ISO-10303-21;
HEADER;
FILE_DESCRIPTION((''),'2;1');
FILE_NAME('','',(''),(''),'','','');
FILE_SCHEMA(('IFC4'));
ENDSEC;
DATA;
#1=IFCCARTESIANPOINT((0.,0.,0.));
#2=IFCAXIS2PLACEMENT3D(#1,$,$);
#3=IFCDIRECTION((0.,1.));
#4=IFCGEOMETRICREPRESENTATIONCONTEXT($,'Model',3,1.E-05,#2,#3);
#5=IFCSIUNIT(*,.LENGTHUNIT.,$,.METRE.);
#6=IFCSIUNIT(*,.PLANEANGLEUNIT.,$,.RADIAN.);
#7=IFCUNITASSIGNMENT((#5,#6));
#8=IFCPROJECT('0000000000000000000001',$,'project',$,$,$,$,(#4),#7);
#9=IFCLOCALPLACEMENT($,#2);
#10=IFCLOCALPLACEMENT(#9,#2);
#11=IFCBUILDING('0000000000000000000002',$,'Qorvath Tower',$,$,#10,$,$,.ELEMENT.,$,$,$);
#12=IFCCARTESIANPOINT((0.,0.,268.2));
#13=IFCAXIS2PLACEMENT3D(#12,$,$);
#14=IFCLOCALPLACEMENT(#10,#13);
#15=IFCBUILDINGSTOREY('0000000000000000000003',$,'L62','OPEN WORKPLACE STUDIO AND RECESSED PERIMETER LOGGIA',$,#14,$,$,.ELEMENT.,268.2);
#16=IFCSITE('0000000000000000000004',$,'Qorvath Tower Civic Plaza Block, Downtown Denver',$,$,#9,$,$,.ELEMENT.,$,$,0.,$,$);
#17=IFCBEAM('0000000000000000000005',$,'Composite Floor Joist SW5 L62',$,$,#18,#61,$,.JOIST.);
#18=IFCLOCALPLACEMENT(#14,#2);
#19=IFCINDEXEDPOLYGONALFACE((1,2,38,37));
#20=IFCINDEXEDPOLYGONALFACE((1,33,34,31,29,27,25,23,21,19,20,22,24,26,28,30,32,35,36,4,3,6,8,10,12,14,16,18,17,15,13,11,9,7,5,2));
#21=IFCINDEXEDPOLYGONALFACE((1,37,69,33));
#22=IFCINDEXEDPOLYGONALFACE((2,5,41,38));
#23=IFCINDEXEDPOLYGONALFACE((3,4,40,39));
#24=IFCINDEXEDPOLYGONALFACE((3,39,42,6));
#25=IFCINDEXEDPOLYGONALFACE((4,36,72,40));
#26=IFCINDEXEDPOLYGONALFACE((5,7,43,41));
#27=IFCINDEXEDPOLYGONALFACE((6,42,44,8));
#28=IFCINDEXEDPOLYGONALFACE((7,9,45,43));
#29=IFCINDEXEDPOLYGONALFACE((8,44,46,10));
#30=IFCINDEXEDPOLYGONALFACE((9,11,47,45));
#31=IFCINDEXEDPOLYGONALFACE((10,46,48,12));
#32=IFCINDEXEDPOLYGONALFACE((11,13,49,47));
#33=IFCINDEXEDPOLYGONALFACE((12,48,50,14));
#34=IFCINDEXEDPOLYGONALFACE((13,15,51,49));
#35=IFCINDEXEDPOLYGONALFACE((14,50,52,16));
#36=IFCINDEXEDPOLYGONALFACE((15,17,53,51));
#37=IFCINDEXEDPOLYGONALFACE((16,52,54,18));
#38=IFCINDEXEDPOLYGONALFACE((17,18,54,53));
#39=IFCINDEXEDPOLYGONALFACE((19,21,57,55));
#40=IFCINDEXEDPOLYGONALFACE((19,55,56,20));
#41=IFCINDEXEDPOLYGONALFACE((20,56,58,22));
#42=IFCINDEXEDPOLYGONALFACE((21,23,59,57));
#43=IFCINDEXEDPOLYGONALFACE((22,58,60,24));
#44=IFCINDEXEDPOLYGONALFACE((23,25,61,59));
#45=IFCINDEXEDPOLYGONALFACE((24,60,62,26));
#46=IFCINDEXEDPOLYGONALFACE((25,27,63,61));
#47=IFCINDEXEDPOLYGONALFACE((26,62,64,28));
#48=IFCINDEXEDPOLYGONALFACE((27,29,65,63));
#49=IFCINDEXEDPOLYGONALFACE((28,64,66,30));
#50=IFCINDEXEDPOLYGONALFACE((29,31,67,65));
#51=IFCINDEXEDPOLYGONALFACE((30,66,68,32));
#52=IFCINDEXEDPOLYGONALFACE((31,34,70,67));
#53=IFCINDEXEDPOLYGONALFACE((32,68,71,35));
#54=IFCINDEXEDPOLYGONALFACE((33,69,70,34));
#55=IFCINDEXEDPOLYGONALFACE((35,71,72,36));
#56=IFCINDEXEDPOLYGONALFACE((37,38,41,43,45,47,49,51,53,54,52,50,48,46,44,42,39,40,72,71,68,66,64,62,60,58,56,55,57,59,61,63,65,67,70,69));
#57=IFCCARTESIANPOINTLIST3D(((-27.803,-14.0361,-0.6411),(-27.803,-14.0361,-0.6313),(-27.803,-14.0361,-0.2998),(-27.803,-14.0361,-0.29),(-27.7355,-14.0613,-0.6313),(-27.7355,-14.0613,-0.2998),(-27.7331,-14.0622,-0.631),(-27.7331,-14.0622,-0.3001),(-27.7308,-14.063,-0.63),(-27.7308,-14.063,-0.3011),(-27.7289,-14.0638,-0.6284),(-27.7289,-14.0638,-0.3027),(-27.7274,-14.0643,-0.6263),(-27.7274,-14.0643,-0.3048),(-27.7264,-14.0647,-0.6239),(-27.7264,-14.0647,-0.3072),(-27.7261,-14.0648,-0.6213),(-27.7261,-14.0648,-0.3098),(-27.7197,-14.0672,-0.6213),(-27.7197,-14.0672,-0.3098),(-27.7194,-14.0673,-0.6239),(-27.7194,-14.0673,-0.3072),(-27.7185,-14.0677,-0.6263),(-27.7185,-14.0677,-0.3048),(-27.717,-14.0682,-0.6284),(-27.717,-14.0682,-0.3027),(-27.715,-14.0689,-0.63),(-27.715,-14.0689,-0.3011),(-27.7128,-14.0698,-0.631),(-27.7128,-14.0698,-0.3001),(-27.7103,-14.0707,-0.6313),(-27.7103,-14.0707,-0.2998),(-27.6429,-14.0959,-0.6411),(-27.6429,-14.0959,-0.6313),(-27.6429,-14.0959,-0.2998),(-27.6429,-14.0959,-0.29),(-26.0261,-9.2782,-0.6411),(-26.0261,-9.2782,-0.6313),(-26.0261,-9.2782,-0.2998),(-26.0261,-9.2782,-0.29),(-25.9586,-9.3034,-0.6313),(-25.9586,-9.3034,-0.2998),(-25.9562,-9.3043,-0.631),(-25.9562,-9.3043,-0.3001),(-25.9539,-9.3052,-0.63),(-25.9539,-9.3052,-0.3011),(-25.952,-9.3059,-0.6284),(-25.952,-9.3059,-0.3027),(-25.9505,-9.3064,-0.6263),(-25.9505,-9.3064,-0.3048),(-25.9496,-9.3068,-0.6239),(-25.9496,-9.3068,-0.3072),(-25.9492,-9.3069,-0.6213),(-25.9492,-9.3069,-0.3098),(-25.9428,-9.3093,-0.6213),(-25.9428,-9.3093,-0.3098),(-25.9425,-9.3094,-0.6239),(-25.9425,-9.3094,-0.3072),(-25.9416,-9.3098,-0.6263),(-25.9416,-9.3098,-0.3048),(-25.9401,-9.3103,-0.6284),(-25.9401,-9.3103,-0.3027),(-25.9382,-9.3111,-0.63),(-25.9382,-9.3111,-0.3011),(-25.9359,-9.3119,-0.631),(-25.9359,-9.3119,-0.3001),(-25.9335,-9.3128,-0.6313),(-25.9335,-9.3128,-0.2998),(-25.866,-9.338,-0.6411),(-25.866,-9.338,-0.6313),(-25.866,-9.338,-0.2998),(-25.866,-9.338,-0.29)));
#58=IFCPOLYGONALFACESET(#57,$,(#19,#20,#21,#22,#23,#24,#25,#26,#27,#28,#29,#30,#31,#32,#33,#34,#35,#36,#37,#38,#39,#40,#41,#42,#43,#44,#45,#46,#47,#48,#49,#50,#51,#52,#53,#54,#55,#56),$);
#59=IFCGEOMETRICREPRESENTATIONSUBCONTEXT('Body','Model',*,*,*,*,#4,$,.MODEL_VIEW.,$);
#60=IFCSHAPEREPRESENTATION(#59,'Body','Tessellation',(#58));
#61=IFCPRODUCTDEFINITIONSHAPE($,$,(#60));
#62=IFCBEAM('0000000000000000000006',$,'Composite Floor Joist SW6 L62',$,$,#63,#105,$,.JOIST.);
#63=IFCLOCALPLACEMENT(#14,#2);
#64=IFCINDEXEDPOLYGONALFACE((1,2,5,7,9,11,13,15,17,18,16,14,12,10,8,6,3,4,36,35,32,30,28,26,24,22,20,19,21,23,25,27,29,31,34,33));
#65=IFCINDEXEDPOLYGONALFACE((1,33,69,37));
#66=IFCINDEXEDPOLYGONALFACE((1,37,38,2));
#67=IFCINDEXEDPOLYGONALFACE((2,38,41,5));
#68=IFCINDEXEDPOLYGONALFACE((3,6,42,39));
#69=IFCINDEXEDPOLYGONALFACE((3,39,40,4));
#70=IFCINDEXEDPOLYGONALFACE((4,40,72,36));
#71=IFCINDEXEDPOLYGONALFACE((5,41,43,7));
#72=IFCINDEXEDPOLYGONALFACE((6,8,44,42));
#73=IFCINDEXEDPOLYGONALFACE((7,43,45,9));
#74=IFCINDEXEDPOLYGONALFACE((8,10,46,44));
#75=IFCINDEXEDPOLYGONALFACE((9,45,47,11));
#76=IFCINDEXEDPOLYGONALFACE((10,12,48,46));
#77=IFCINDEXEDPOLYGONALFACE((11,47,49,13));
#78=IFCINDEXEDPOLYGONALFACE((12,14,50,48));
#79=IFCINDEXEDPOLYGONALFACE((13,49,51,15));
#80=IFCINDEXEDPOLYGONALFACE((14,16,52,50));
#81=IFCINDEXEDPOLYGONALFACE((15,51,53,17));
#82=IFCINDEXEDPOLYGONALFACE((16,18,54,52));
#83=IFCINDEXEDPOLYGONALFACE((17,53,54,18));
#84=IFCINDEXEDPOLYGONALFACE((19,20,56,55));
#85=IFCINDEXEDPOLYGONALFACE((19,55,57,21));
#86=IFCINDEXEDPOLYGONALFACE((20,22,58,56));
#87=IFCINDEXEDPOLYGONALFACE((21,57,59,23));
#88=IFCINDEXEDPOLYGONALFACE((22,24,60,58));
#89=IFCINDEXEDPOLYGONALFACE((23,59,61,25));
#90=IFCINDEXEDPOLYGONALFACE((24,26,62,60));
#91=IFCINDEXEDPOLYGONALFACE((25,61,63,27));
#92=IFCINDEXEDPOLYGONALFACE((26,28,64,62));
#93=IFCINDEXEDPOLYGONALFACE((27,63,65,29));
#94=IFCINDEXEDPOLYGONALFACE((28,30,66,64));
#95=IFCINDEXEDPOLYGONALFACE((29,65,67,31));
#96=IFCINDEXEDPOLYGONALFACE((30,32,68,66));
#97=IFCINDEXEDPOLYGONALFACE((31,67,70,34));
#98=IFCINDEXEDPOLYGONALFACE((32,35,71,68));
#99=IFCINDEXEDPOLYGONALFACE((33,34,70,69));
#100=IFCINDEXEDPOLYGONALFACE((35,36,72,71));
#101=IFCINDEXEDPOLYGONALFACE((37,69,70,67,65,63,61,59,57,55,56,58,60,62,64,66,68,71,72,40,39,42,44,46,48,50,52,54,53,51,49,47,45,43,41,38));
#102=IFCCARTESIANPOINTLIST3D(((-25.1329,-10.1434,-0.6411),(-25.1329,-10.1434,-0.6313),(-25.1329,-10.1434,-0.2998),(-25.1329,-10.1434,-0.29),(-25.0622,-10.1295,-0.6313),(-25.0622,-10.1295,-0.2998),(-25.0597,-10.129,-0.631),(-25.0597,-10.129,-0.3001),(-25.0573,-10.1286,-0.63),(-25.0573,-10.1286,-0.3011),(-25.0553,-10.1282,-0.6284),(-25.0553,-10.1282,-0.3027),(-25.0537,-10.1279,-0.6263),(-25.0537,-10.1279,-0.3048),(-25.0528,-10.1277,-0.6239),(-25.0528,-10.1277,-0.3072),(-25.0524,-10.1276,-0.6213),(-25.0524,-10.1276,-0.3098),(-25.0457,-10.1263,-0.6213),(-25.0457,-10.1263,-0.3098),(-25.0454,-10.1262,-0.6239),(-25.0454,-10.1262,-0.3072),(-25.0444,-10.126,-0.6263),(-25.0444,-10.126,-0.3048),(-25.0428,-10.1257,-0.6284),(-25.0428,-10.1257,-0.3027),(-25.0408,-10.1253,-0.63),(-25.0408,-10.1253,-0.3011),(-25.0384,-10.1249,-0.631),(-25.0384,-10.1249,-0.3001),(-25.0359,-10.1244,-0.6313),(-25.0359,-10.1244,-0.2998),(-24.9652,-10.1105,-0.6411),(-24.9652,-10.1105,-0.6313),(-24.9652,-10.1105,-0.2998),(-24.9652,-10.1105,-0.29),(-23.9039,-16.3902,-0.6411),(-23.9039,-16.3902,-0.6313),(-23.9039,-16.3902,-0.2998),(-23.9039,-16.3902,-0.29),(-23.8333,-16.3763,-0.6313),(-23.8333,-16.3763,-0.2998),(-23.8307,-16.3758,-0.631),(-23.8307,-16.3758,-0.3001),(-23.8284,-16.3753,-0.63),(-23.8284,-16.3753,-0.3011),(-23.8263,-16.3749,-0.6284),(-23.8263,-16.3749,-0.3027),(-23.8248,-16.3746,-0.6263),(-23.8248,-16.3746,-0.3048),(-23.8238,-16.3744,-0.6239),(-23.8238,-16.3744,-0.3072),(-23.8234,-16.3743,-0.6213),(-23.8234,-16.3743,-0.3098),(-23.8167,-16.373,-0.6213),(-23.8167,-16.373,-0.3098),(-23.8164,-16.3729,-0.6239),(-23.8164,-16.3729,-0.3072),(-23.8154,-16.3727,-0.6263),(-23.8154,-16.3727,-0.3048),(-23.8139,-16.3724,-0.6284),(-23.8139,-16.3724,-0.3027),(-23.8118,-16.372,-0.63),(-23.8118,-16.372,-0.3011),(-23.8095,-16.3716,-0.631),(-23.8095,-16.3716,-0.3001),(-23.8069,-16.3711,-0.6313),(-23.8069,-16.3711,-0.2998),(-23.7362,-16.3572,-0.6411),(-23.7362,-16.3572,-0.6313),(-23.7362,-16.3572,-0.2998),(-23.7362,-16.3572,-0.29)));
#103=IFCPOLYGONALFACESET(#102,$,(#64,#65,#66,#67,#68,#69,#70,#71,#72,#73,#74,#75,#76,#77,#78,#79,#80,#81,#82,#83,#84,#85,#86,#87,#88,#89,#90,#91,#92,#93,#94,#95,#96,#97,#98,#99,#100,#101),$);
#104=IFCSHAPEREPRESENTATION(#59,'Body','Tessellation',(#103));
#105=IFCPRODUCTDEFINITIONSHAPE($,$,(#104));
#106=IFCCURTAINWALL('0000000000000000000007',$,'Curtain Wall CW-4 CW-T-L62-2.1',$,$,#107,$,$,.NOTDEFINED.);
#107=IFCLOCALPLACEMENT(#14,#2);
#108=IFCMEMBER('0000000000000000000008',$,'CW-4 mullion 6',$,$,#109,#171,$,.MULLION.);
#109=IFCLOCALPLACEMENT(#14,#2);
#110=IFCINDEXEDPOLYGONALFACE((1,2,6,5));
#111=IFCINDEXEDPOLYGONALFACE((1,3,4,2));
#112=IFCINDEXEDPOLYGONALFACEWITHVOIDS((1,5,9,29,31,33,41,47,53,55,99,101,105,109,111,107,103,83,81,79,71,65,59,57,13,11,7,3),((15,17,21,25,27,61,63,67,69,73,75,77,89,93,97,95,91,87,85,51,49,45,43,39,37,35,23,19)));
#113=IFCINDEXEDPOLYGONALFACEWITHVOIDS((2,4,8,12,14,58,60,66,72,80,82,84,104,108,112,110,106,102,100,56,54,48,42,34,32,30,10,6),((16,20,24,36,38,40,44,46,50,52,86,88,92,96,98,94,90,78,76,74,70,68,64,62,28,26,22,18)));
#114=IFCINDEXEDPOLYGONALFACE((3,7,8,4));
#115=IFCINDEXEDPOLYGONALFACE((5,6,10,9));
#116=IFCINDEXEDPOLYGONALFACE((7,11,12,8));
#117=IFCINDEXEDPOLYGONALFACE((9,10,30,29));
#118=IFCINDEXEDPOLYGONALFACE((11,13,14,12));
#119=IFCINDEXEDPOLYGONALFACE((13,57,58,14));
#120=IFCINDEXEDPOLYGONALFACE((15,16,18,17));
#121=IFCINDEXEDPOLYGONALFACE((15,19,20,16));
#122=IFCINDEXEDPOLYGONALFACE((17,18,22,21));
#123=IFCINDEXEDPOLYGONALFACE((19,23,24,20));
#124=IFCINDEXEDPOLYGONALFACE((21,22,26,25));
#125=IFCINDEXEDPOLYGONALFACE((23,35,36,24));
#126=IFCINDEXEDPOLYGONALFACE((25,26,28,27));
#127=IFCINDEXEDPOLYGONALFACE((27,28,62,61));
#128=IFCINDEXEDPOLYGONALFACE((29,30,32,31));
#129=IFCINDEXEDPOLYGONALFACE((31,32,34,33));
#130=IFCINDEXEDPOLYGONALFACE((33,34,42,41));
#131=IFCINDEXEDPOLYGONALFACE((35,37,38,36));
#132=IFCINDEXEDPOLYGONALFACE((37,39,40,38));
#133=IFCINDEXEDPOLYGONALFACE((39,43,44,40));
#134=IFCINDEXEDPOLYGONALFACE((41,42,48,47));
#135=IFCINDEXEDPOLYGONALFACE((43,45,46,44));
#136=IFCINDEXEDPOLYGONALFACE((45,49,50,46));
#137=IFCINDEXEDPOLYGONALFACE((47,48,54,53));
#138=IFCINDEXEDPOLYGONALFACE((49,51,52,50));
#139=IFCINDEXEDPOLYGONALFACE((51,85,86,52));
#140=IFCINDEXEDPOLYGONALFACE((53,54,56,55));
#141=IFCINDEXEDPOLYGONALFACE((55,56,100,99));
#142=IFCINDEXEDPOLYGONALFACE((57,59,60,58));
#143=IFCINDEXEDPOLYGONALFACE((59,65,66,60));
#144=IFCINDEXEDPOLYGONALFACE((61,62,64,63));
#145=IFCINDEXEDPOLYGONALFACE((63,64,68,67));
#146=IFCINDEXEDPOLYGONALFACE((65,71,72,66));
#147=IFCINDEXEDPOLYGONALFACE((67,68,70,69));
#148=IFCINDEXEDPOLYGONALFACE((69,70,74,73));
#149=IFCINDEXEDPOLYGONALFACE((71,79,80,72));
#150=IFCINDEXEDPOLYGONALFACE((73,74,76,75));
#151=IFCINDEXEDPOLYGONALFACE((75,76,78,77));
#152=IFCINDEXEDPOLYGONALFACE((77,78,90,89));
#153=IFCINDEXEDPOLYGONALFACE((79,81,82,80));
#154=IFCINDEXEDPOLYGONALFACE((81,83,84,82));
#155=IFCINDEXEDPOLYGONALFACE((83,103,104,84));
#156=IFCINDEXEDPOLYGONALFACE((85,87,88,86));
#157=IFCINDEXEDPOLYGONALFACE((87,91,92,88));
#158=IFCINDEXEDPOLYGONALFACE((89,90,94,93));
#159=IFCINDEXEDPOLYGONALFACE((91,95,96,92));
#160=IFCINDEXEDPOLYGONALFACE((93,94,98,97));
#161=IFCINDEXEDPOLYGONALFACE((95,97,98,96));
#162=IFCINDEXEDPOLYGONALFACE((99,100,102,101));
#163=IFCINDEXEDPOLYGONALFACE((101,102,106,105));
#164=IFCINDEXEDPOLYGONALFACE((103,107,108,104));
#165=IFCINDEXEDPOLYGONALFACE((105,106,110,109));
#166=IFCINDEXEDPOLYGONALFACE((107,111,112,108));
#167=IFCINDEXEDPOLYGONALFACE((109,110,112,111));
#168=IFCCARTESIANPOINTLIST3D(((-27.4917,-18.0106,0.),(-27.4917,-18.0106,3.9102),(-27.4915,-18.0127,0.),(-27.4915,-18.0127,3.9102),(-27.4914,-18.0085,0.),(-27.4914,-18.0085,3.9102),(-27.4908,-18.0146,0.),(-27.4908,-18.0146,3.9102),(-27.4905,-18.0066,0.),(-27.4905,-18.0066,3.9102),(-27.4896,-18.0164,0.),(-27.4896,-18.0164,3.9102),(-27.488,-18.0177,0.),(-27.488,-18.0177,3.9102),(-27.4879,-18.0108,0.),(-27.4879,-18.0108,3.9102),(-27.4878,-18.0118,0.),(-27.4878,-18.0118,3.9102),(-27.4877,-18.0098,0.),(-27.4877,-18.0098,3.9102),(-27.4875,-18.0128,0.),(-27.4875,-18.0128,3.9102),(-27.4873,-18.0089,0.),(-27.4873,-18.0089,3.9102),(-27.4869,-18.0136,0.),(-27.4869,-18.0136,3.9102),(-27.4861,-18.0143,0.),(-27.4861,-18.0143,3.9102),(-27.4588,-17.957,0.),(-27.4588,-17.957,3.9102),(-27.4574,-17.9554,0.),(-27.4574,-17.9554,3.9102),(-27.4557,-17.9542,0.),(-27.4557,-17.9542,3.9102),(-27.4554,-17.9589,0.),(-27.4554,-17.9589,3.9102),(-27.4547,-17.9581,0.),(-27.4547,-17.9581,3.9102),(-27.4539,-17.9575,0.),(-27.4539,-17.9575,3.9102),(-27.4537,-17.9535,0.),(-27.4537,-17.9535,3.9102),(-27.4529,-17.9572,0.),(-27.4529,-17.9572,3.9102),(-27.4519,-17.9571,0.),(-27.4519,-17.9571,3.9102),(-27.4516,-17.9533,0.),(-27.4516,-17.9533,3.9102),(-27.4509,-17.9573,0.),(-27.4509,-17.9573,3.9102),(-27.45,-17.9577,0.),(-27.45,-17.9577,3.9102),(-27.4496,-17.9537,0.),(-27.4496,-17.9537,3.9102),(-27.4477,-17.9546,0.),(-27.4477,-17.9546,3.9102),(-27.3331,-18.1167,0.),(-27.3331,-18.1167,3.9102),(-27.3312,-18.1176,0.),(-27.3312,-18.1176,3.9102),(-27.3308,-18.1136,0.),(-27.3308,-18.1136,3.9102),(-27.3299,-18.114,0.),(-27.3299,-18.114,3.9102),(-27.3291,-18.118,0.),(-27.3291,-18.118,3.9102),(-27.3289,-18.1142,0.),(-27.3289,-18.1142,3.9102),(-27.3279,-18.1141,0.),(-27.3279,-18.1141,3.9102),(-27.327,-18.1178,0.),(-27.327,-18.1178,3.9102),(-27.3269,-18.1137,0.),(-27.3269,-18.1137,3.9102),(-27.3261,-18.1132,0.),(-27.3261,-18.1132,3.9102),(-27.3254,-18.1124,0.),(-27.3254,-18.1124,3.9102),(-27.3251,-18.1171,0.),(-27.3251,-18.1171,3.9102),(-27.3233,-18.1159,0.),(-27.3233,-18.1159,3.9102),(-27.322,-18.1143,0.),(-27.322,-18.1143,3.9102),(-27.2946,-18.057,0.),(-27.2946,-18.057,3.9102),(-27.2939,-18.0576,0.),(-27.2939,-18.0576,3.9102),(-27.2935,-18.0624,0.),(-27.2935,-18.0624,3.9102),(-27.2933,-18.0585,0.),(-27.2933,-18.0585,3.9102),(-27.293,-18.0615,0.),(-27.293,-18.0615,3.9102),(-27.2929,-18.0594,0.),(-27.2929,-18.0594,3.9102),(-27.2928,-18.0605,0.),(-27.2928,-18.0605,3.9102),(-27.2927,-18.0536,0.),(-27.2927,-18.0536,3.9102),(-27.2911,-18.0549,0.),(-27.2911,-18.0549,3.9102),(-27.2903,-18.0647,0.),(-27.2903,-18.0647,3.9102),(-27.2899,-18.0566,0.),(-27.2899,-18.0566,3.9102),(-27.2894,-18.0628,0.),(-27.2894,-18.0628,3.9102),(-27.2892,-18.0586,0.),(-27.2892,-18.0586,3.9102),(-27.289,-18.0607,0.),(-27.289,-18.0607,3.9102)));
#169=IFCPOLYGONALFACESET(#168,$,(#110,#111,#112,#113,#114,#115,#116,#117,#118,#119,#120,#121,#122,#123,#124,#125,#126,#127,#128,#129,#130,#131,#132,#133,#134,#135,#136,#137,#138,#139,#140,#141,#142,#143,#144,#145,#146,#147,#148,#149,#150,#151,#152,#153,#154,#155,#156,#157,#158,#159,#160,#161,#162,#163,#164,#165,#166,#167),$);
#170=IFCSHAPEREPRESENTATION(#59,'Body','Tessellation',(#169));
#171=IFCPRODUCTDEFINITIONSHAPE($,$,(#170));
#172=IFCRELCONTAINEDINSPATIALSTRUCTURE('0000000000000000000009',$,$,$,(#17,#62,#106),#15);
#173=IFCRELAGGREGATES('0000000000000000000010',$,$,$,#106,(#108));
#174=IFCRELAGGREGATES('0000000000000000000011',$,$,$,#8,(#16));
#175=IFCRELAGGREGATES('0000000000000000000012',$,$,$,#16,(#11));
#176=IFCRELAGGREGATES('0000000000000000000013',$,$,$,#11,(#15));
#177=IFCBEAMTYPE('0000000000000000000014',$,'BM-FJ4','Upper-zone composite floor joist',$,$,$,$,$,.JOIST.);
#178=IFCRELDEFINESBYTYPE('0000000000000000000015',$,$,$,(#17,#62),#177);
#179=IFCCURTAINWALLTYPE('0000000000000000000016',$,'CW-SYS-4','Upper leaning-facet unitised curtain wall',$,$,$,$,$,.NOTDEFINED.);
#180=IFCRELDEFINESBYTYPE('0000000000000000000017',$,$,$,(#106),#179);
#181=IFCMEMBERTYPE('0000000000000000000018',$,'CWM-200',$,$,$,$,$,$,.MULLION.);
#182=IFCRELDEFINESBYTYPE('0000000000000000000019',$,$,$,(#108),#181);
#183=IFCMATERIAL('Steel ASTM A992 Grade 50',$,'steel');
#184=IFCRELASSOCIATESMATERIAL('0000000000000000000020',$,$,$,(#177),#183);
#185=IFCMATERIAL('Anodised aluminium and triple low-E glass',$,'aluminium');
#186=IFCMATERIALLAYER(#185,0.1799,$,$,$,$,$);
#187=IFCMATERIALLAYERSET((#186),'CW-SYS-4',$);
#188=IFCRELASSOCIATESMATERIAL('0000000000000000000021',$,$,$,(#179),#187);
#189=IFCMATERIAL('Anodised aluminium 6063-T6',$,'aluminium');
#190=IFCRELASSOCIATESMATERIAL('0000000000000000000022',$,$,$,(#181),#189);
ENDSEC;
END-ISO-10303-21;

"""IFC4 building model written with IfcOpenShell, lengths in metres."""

from ifc_helpers import new_model, si_unit, direction, frame, origin, origin_2d, place, context, subcontext, project, spatial, hollow_rectangle, i_section, extrude, material, layer, layer_set, material_profile, profile_set, type_object, element, aggregate, save


model = new_model("IFC4")

# Units and contexts
model_context = context("Model", 3, precision=1e-05, world=origin(), true_north=direction((0.0, 1.0)))
body_context = subcontext(model_context, "Body", "Model", "MODEL_VIEW")
ifc_project = project(units=[si_unit("LENGTHUNIT", "METRE"), si_unit("PLANEANGLEUNIT", "RADIAN")], contexts=[model_context])

# Site, building, storey
site_placement = place(None, origin())
site = spatial("IfcSite", under=ifc_project, at=site_placement, Name="Qorvath Tower Civic Plaza Block, Downtown Denver", CompositionType="ELEMENT", RefElevation=0.0)
building_placement = place(site_placement, origin())
building = spatial("IfcBuilding", under=site, at=building_placement, Name="Qorvath Tower", CompositionType="ELEMENT")
storey_placement = place(building_placement, frame((0.0, 0.0, 268.2)))
storey = spatial("IfcBuildingStorey", under=building, at=storey_placement, Name="L62", Description="OPEN WORKPLACE STUDIO AND RECESSED PERIMETER LOGGIA", CompositionType="ELEMENT", Elevation=268.2)

# Beams
ifc_material_1 = material(Name="Steel ASTM A992 Grade 50", Category="steel")
ifc_material_profile_1 = material_profile(ifc_material_1, i_section(OverallWidth=0.1709, OverallDepth=0.3511, WebThickness=0.0068, FlangeThickness=0.0098, FilletRadius=0.01, at=origin_2d()), Name="W14x30")
ifc_profile_set_1 = profile_set([ifc_material_profile_1], Name="Steel ASTM A992 Grade 50")
beam_type_1 = type_object("IfcBeamType", Name="BM-FJ4", Description="Upper-zone composite floor joist", PredefinedType="JOIST", material=ifc_profile_set_1)
beam_1_placement = place(storey_placement, frame((-25.946, -9.3081, -0.4656), z_axis=(-0.349859, -0.936802, 0.0), x_axis=(0.936802, -0.349859, 0.0)))
element("IfcBeam", 1, at=beam_1_placement, inside=storey, type_object=beam_type_1, Name="Composite Floor Joist SW5 L62", PredefinedType="JOIST", context=body_context, shape_type="SweptSolid", body=[
    extrude(i_section(OverallWidth=0.1709, OverallDepth=0.3511, WebThickness=0.0068, FlangeThickness=0.0098, FilletRadius=0.01, at=origin_2d()), origin(), (0.0, 0.0, 1.0), 5.0789),
])
beam_2_placement = place(storey_placement, frame((-25.0491, -10.127, -0.4656), z_axis=(0.19304, -0.981191, 0.0), x_axis=(0.981191, 0.19304, 0.0)))
element("IfcBeam", 2, at=beam_2_placement, inside=storey, type_object=beam_type_1, Name="Composite Floor Joist SW6 L62", PredefinedType="JOIST", context=body_context, shape_type="SweptSolid", body=[
    extrude(i_section(OverallWidth=0.1709, OverallDepth=0.3511, WebThickness=0.0068, FlangeThickness=0.0098, FilletRadius=0.01, at=origin_2d()), origin(), (0.0, 0.0, 1.0), 6.3665),
])

# Curtain wall, member
ifc_material_2 = material(Name="Anodised aluminium and triple low-E glass", Category="aluminium")
ifc_layer_1 = layer(ifc_material_2, 0.1799)
ifc_layer_set_1 = layer_set([ifc_layer_1], Name="CW-SYS-4")
curtain_wall_type = type_object("IfcCurtainWallType", Name="CW-SYS-4", Description="Upper leaning-facet unitised curtain wall", PredefinedType="NOTDEFINED", material=ifc_layer_set_1)
curtain_wall_placement = place(storey_placement, origin())
curtain_wall = element("IfcCurtainWall", 3, at=curtain_wall_placement, inside=storey, type_object=curtain_wall_type, Name="Curtain Wall CW-4 CW-T-L62-2.1", PredefinedType="NOTDEFINED")
ifc_material_3 = material(Name="Anodised aluminium 6063-T6", Category="aluminium")
ifc_material_profile_2 = material_profile(ifc_material_3, hollow_rectangle(XDim=0.075, YDim=0.2, WallThickness=0.0039, InnerFilletRadius=0.0039, OuterFilletRadius=0.0081, at=origin_2d()), Name="CWM 200x75")
ifc_profile_set_2 = profile_set([ifc_material_profile_2], Name="Anodised aluminium 6063-T6")
member_type_1 = type_object("IfcMemberType", Name="CWM-200", PredefinedType="MULLION", material=ifc_profile_set_2)
member_1_placement = place(storey_placement, frame((-27.3904, -18.0356, 0.0), z_axis=(0.0, 0.0, 1.0), x_axis=(0.538534, 0.842604, 0.0)))
member_1 = element("IfcMember", 4, at=member_1_placement, type_object=member_type_1, Name="CW-4 mullion 6", PredefinedType="MULLION", context=body_context, shape_type="SweptSolid", body=[
    extrude(hollow_rectangle(XDim=0.075, YDim=0.2, WallThickness=0.0039, InnerFilletRadius=0.0039, OuterFilletRadius=0.0081, at=origin_2d()), origin(), (0.0, 0.0, 1.0), 3.9102),
])
aggregate(curtain_wall, [member_1])

save(model, "model.ifc")
